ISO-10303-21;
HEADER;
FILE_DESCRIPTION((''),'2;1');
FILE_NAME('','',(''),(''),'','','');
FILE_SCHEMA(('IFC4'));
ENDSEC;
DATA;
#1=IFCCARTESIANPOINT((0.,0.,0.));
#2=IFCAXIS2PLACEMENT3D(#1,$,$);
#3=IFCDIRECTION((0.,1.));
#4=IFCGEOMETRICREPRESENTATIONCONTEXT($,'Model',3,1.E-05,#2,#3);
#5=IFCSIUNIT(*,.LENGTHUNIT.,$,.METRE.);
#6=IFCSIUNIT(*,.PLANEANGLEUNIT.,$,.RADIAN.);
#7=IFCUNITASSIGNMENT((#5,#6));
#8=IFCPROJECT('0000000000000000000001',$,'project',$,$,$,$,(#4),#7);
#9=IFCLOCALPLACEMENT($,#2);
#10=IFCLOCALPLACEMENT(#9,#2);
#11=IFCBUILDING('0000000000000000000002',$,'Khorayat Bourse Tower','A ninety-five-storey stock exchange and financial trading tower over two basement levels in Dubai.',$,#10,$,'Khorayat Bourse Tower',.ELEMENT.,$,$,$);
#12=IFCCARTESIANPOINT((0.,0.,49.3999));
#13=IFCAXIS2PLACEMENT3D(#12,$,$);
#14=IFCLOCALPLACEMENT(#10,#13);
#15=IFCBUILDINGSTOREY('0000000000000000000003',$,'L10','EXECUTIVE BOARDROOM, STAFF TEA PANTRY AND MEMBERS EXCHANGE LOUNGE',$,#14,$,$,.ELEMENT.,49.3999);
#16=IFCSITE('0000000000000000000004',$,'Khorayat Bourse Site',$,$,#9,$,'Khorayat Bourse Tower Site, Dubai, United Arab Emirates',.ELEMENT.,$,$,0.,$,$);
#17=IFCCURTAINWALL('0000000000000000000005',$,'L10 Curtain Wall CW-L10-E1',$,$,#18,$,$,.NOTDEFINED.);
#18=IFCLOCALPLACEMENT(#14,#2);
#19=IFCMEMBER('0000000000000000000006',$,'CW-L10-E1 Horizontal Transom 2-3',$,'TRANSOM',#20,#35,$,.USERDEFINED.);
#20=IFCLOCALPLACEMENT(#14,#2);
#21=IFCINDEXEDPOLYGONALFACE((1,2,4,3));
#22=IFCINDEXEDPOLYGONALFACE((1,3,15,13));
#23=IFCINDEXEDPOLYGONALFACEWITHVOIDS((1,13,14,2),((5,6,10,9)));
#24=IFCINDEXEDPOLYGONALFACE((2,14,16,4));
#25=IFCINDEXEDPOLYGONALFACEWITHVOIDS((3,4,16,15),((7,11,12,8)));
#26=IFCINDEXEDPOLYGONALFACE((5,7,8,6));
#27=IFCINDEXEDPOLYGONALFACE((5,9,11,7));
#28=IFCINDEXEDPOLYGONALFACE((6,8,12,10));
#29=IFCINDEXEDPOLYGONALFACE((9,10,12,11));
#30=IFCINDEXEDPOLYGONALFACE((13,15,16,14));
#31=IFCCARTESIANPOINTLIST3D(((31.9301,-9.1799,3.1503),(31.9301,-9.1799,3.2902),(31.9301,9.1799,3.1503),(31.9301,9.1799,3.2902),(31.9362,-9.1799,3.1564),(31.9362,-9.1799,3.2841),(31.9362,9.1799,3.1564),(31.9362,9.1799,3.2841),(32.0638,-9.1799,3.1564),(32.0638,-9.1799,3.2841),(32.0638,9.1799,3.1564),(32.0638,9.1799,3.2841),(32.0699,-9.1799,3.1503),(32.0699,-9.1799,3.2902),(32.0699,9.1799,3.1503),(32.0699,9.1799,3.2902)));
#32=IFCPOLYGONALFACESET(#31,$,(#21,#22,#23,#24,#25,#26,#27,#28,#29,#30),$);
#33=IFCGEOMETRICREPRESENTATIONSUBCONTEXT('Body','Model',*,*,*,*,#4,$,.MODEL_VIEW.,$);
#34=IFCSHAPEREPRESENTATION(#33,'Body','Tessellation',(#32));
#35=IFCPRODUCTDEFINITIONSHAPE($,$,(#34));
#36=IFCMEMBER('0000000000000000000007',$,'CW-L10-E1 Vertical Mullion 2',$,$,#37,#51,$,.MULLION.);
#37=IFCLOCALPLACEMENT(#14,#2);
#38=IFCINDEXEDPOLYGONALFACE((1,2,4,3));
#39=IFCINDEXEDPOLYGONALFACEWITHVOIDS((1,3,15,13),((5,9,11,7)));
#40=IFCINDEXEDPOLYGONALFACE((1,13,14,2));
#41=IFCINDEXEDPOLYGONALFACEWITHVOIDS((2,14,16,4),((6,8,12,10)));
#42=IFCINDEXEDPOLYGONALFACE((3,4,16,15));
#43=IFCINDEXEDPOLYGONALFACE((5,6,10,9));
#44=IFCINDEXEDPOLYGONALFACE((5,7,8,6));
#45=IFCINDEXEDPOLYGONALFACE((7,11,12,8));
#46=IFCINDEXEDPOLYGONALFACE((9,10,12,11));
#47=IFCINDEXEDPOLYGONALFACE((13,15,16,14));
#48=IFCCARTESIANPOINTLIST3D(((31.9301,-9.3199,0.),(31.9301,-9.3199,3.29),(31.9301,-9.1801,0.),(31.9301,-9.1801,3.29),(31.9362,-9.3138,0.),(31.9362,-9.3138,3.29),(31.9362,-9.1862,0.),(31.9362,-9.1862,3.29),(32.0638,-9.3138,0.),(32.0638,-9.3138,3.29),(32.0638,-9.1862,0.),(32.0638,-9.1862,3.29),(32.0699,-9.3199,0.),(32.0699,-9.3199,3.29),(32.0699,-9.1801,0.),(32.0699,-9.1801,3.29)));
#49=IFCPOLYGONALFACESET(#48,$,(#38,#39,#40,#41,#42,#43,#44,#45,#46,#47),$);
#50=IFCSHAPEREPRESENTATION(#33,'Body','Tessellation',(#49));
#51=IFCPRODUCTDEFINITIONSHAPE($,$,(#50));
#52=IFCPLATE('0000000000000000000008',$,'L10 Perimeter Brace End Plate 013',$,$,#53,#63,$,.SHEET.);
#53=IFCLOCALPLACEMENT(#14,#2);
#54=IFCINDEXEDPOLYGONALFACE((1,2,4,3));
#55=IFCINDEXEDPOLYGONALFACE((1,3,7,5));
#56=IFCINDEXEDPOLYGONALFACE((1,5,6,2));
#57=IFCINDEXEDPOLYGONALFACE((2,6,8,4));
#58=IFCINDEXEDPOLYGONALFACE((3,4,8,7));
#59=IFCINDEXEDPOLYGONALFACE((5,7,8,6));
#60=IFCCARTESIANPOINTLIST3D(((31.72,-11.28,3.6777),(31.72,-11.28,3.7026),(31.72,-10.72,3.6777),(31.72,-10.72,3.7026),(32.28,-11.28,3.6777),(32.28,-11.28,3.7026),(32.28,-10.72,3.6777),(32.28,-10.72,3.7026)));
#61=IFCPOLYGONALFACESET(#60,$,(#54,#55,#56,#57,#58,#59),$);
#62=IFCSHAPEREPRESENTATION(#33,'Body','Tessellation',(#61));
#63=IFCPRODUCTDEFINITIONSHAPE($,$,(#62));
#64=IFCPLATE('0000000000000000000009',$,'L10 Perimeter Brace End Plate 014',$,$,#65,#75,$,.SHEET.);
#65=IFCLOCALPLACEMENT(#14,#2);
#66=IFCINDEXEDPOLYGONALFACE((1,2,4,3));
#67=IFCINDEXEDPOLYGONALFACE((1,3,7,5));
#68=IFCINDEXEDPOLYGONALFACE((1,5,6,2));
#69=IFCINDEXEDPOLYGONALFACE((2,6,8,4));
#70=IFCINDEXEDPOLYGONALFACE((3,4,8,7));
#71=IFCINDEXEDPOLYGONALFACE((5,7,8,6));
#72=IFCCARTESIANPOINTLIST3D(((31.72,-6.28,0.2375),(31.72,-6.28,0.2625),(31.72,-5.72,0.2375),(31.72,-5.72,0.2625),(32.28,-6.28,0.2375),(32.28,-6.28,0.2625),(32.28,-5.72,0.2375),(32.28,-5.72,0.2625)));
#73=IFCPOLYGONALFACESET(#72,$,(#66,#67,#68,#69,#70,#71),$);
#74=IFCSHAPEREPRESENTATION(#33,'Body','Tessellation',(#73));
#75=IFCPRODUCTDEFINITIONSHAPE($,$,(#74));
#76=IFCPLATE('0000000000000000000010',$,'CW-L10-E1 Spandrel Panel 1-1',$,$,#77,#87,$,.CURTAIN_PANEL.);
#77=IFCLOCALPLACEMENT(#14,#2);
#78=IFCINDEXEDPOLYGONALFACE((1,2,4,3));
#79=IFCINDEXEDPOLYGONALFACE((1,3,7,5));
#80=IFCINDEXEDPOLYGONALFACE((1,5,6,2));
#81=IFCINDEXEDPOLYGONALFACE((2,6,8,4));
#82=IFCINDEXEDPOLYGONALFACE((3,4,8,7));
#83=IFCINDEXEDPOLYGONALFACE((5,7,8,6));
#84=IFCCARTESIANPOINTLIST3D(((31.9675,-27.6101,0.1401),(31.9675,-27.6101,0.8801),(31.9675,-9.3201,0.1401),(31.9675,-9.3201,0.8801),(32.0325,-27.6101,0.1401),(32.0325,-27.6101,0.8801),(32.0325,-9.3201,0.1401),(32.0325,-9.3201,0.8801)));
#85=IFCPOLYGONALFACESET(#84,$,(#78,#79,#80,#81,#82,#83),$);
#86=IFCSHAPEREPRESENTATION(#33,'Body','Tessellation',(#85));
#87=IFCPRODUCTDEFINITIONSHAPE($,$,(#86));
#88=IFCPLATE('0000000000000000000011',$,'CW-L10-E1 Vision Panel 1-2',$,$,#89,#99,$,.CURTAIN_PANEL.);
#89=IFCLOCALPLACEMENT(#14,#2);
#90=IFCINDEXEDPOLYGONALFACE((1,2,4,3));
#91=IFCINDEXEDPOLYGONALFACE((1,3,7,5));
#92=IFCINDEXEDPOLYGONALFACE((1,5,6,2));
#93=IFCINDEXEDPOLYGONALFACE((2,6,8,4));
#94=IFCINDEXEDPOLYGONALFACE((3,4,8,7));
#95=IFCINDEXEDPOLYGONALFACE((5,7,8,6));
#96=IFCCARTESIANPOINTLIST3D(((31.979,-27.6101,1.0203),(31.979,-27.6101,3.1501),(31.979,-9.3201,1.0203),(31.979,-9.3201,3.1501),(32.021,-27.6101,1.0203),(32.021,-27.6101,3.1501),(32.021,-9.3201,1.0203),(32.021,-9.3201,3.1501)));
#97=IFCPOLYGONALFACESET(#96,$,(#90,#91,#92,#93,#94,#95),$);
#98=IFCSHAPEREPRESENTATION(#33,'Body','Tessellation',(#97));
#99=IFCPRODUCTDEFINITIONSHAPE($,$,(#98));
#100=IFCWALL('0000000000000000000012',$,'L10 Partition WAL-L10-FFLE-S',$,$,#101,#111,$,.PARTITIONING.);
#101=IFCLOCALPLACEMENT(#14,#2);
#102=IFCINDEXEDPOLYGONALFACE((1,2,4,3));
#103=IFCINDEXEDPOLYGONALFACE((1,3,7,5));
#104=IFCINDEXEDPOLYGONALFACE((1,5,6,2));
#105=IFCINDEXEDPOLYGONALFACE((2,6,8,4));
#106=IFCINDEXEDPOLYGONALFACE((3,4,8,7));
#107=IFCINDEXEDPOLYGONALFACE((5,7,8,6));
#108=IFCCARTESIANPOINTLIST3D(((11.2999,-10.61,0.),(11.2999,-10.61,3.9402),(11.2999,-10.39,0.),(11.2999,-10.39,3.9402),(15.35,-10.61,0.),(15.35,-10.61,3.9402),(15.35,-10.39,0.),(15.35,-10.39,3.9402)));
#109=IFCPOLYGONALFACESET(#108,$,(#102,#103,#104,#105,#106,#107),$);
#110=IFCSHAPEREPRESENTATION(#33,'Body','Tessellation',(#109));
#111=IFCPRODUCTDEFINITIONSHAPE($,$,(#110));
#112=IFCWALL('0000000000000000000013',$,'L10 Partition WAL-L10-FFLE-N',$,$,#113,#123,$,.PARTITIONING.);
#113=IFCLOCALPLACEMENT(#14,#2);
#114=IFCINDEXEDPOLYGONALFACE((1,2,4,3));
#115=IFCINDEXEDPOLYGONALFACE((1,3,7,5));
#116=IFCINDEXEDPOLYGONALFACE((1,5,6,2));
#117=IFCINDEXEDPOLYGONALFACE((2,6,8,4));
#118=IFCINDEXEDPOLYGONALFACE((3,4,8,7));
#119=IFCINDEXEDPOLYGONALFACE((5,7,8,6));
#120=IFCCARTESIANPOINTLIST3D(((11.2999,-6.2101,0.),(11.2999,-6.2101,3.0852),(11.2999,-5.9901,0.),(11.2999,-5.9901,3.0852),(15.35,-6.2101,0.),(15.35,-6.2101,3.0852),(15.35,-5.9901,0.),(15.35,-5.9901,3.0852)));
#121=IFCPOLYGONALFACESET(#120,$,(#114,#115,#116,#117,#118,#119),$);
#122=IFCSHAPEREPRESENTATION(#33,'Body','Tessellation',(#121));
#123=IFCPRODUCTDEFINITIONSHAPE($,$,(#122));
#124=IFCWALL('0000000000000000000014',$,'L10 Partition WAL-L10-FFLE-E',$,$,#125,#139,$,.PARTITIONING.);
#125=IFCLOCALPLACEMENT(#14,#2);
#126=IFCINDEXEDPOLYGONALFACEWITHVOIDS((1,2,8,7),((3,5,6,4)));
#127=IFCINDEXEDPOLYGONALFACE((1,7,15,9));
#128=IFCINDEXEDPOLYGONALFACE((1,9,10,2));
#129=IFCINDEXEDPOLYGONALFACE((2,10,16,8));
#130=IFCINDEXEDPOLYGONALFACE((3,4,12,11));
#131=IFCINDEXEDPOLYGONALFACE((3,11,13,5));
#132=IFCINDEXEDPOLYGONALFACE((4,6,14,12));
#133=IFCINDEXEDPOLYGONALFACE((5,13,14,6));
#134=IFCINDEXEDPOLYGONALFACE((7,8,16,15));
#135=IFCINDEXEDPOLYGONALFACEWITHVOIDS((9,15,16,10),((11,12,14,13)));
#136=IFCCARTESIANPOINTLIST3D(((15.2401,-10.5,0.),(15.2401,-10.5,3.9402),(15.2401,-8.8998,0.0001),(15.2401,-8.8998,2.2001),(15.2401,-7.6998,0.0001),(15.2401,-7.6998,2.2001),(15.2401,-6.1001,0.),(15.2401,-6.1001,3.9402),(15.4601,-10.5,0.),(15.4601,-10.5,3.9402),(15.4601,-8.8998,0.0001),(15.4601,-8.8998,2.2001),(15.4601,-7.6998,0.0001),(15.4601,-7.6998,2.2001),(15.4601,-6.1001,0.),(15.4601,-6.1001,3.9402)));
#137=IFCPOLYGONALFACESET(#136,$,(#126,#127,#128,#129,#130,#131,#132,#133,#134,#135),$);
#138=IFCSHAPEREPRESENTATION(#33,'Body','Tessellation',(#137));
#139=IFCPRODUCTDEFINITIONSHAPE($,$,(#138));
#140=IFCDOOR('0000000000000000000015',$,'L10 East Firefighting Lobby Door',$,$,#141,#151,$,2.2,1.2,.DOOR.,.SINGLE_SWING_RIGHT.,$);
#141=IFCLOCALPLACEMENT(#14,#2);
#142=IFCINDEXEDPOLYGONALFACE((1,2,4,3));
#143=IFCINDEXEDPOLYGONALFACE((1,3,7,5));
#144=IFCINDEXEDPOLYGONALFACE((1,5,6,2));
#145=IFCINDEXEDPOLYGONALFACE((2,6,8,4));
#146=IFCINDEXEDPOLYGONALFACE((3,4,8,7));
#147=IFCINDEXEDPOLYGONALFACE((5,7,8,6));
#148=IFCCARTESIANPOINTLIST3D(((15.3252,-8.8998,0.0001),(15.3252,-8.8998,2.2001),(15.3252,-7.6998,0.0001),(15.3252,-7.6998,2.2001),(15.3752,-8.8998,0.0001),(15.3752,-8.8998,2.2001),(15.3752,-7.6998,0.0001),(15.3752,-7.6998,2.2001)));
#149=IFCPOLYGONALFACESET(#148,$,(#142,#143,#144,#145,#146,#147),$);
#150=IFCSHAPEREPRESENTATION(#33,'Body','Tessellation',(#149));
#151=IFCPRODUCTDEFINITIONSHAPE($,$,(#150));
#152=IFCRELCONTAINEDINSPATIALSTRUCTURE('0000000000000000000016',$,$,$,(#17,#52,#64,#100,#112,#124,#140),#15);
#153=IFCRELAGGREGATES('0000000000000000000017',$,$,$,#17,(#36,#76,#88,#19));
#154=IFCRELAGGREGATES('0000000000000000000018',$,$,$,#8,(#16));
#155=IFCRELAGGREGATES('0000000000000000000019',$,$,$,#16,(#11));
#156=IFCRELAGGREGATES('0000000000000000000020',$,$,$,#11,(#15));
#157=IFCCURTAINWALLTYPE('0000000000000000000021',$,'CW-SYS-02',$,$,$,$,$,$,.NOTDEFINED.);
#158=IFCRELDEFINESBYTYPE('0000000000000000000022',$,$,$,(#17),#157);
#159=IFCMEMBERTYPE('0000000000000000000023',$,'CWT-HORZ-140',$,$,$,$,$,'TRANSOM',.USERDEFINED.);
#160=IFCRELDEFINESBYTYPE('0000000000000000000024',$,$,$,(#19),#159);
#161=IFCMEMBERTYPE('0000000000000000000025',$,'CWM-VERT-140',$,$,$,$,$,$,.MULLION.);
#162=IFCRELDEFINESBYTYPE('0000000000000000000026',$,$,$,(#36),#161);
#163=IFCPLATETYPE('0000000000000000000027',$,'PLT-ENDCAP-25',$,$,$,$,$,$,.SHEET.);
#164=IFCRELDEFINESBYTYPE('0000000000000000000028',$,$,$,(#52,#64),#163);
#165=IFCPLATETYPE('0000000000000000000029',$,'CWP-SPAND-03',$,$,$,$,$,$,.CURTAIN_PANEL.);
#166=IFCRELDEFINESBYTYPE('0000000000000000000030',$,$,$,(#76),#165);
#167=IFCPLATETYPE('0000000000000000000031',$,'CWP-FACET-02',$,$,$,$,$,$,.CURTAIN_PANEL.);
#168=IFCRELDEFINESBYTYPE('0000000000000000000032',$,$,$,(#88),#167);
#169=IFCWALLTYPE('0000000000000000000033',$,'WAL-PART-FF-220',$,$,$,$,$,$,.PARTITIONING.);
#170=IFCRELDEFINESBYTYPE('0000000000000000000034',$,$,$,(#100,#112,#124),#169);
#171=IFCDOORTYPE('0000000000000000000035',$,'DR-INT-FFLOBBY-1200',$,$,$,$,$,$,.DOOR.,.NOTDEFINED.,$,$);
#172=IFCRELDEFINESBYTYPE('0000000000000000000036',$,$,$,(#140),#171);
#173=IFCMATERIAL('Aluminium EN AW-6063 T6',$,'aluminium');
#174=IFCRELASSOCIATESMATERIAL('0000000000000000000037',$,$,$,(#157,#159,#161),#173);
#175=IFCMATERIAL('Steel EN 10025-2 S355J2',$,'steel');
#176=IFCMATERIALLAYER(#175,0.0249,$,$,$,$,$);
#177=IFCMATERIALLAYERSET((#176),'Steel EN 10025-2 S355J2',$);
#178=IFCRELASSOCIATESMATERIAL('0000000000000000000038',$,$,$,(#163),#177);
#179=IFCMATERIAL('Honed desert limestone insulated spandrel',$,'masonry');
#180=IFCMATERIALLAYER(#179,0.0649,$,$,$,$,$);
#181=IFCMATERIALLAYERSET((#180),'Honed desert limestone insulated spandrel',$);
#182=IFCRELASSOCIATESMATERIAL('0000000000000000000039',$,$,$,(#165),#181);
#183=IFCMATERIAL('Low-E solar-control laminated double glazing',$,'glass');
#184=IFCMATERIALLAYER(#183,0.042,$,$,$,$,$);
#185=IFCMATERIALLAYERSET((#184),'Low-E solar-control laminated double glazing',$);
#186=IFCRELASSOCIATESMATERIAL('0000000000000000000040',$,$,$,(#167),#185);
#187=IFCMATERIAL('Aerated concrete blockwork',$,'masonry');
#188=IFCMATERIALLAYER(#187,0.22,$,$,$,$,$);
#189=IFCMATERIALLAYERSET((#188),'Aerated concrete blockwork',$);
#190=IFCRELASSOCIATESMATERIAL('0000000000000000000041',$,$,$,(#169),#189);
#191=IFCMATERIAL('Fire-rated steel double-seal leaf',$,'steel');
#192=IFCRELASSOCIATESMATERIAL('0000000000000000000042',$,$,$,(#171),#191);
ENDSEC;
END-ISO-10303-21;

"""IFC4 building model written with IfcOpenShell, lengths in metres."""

from ifc_helpers import new_model, si_unit, direction, frame, frame_2d, origin, origin_2d, place, context, subcontext, project, spatial, rectangle, hollow_rectangle, extrude, source, transform, mapped, material, layer, layer_set, material_profile, profile_set, type_object, element, fill, aggregate, save


model = new_model("IFC4")

# Units and contexts
model_context = context("Model", 3, precision=1e-05, world=origin(), true_north=direction((0.0, 1.0)))
body_context = subcontext(model_context, "Body", "Model", "MODEL_VIEW")
ifc_project = project(units=[si_unit("LENGTHUNIT", "METRE"), si_unit("PLANEANGLEUNIT", "RADIAN")], contexts=[model_context])

# Site, building, storey
site_placement = place(None, origin())
site = spatial("IfcSite", under=ifc_project, at=site_placement, Name="Khorayat Bourse Site", LongName="Khorayat Bourse Tower Site, Dubai, United Arab Emirates", CompositionType="ELEMENT", RefElevation=0.0)
building_placement = place(site_placement, origin())
building = spatial("IfcBuilding", under=site, at=building_placement, Name="Khorayat Bourse Tower", Description="A ninety-five-storey stock exchange and financial trading tower over two basement levels in Dubai.", LongName="Khorayat Bourse Tower", CompositionType="ELEMENT")
storey_placement = place(building_placement, frame((0.0, 0.0, 49.3999)))
storey = spatial("IfcBuildingStorey", under=building, at=storey_placement, Name="L10", Description="EXECUTIVE BOARDROOM, STAFF TEA PANTRY AND MEMBERS EXCHANGE LOUNGE", CompositionType="ELEMENT", Elevation=49.3999)

# Curtain wall, members
ifc_material_1 = material(Name="Aluminium EN AW-6063 T6", Category="aluminium")
curtain_wall_type = type_object("IfcCurtainWallType", Name="CW-SYS-02", PredefinedType="NOTDEFINED", material=ifc_material_1)
curtain_wall_placement = place(storey_placement, origin())
curtain_wall = element("IfcCurtainWall", 1, at=curtain_wall_placement, inside=storey, type_object=curtain_wall_type, Name="L10 Curtain Wall CW-L10-E1", PredefinedType="NOTDEFINED")
ifc_material_profile_1 = material_profile(ifc_material_1, hollow_rectangle(XDim=0.1399, YDim=0.1399, WallThickness=0.0061, at=origin_2d()), Name="ALU 140x140x6")
ifc_profile_set_1 = profile_set([ifc_material_profile_1], Name="Aluminium EN AW-6063 T6")
member_type_1 = type_object("IfcMemberType", Name="CWT-HORZ-140", ElementType="TRANSOM", PredefinedType="USERDEFINED", material=ifc_profile_set_1)
shared_shape_1 = source(origin(), body_context, "Body", "SweptSolid", [
    extrude(hollow_rectangle(XDim=0.1399, YDim=0.1399, WallThickness=0.0061, at=origin_2d()), origin(), (0.0, 0.0, 1.0), 18.3599),
])
member_1_placement = place(storey_placement, frame((32.0, -9.1799, 3.2202), z_axis=(0.0, 1.0, 0.0), x_axis=(-1.0, 0.0, 0.0)))
member_1 = element("IfcMember", 2, at=member_1_placement, type_object=member_type_1, Name="CW-L10-E1 Horizontal Transom 2-3", ObjectType="TRANSOM", PredefinedType="USERDEFINED", context=body_context, shape_type="MappedRepresentation", body=[
    mapped(shared_shape_1, transform((0.0, 0.0, 0.0), scale=1.0)),
])
ifc_material_profile_2 = material_profile(ifc_material_1, hollow_rectangle(XDim=0.1399, YDim=0.1399, WallThickness=0.0061, at=origin_2d()), Name="ALU 140x140x6")
ifc_profile_set_2 = profile_set([ifc_material_profile_2], Name="Aluminium EN AW-6063 T6")
member_type_2 = type_object("IfcMemberType", Name="CWM-VERT-140", PredefinedType="MULLION", material=ifc_profile_set_2)
shared_shape_2 = source(origin(), body_context, "Body", "SweptSolid", [
    extrude(hollow_rectangle(XDim=0.1399, YDim=0.1399, WallThickness=0.0061, at=origin_2d()), origin(), (0.0, 0.0, 1.0), 3.29),
])
member_2_placement = place(storey_placement, frame((32.0, -9.25, 0.0), z_axis=(0.0, 0.0, 1.0), x_axis=(-1.0, 0.0, 0.0)))
member_2 = element("IfcMember", 3, at=member_2_placement, type_object=member_type_2, Name="CW-L10-E1 Vertical Mullion 2", PredefinedType="MULLION", context=body_context, shape_type="MappedRepresentation", body=[
    mapped(shared_shape_2, transform((0.0, 0.0, 0.0), scale=1.0)),
])

# Plates
ifc_material_2 = material(Name="Steel EN 10025-2 S355J2", Category="steel")
ifc_layer_1 = layer(ifc_material_2, 0.0249)
ifc_layer_set_1 = layer_set([ifc_layer_1], Name="Steel EN 10025-2 S355J2")
plate_type_1 = type_object("IfcPlateType", Name="PLT-ENDCAP-25", PredefinedType="SHEET", material=ifc_layer_set_1)
shared_shape_3 = source(origin(), body_context, "Body", "SweptSolid", [
    extrude(rectangle(XDim=0.5601, YDim=0.5601, at=origin_2d()), origin(), (0.0, 0.0, 1.0), 0.0249),
])
for number, where, z_axis, x_axis, name in (
    (4, (32.0, -11.0, 3.6777), (0.0, 0.0, 1.0), (1.0, 0.0, 0.0), "L10 Perimeter Brace End Plate 013"),
    (5, (32.0, -6.0, 0.2375), (0.0, 0.0, 1.0), (1.0, 0.0, 0.0), "L10 Perimeter Brace End Plate 014"),
):
    element("IfcPlate", number, at=place(storey_placement, frame(where, z_axis=z_axis, x_axis=x_axis)), inside=storey, type_object=plate_type_1, Name=name, PredefinedType="SHEET", context=body_context, shape_type="MappedRepresentation", body=[
        mapped(shared_shape_3, transform((0.0, 0.0, 0.0), scale=1.0)),
    ])

# Plates
ifc_material_3 = material(Name="Honed desert limestone insulated spandrel", Category="masonry")
ifc_layer_2 = layer(ifc_material_3, 0.0649)
ifc_layer_set_2 = layer_set([ifc_layer_2], Name="Honed desert limestone insulated spandrel")
plate_type_2 = type_object("IfcPlateType", Name="CWP-SPAND-03", PredefinedType="CURTAIN_PANEL", material=ifc_layer_set_2)
shared_shape_4 = source(origin(), body_context, "Body", "SweptSolid", [
    extrude(rectangle(XDim=18.29, YDim=0.0649, at=origin_2d()), origin(), (0.0, 0.0, 1.0), 0.74),
])
plate_1_placement = place(storey_placement, frame((32.0, -18.4651, 0.1401), z_axis=(0.0, 0.0, 1.0), x_axis=(0.0, 1.0, 0.0)))
plate_1 = element("IfcPlate", 6, at=plate_1_placement, type_object=plate_type_2, Name="CW-L10-E1 Spandrel Panel 1-1", PredefinedType="CURTAIN_PANEL", context=body_context, shape_type="MappedRepresentation", body=[
    mapped(shared_shape_4, transform((0.0, 0.0, 0.0), scale=1.0)),
])
ifc_material_4 = material(Name="Low-E solar-control laminated double glazing", Category="glass")
ifc_layer_3 = layer(ifc_material_4, 0.042)
ifc_layer_set_3 = layer_set([ifc_layer_3], Name="Low-E solar-control laminated double glazing")
plate_type_3 = type_object("IfcPlateType", Name="CWP-FACET-02", PredefinedType="CURTAIN_PANEL", material=ifc_layer_set_3)
shared_shape_5 = source(origin(), body_context, "Body", "SweptSolid", [
    extrude(rectangle(XDim=18.29, YDim=0.042, at=origin_2d()), origin(), (0.0, 0.0, 1.0), 2.1299),
])
plate_2_placement = place(storey_placement, frame((32.0, -18.4651, 1.0203), z_axis=(0.0, 0.0, 1.0), x_axis=(0.0, 1.0, 0.0)))
plate_2 = element("IfcPlate", 7, at=plate_2_placement, type_object=plate_type_3, Name="CW-L10-E1 Vision Panel 1-2", PredefinedType="CURTAIN_PANEL", context=body_context, shape_type="MappedRepresentation", body=[
    mapped(shared_shape_5, transform((0.0, 0.0, 0.0), scale=1.0)),
])
aggregate(curtain_wall, [member_2, plate_1, plate_2, member_1])

# Walls
ifc_material_5 = material(Name="Aerated concrete blockwork", Category="masonry")
ifc_layer_4 = layer(ifc_material_5, 0.22)
ifc_layer_set_4 = layer_set([ifc_layer_4], Name="Aerated concrete blockwork")
wall_type_1 = type_object("IfcWallType", Name="WAL-PART-FF-220", PredefinedType="PARTITIONING", material=ifc_layer_set_4)
shared_shape_6 = source(origin(), body_context, "Body", "SweptSolid", [
    extrude(rectangle(XDim=4.05, YDim=0.22, at=frame_2d((2.0249, 0.0))), origin(), (0.0, 0.0, 1.0), 3.9402),
])
wall_1_placement = place(storey_placement, frame((11.3, -10.5, 0.0), z_axis=(0.0, 0.0, 1.0), x_axis=(1.0, 0.0, 0.0)))
element("IfcWall", 8, at=wall_1_placement, inside=storey, type_object=wall_type_1, Name="L10 Partition WAL-L10-FFLE-S", PredefinedType="PARTITIONING", context=body_context, shape_type="MappedRepresentation", body=[
    mapped(shared_shape_6, transform((0.0, 0.0, 0.0), scale=1.0)),
])
shared_shape_7 = source(origin(), body_context, "Body", "SweptSolid", [
    extrude(rectangle(XDim=4.05, YDim=0.22, at=frame_2d((2.0249, 0.0))), origin(), (0.0, 0.0, 1.0), 3.0852),
])
wall_2_placement = place(storey_placement, frame((11.3, -6.1001, 0.0), z_axis=(0.0, 0.0, 1.0), x_axis=(1.0, 0.0, 0.0)))
element("IfcWall", 9, at=wall_2_placement, inside=storey, type_object=wall_type_1, Name="L10 Partition WAL-L10-FFLE-N", PredefinedType="PARTITIONING", context=body_context, shape_type="MappedRepresentation", body=[
    mapped(shared_shape_7, transform((0.0, 0.0, 0.0), scale=1.0)),
])

# Wall, opening, door
shared_shape_8 = source(origin(), body_context, "Body", "SweptSolid", [
    extrude(rectangle(XDim=4.3999, YDim=0.22, at=frame_2d((2.2, 0.0))), origin(), (0.0, 0.0, 1.0), 3.9402),
])
wall_3_placement = place(storey_placement, frame((15.3501, -10.5, 0.0), z_axis=(0.0, 0.0, 1.0), x_axis=(0.0, 1.0, 0.0)))
wall_3 = element("IfcWall", 10, at=wall_3_placement, inside=storey, type_object=wall_type_1, Name="L10 Partition WAL-L10-FFLE-E", PredefinedType="PARTITIONING", context=body_context, shape_type="MappedRepresentation", body=[
    mapped(shared_shape_8, transform((0.0, 0.0, 0.0), scale=1.0)),
])
shared_shape_9 = source(origin(), body_context, "Body", "SweptSolid", [
    extrude(rectangle(XDim=1.2, YDim=2.2, at=frame_2d((0.6001, 1.1001))), frame((0.0, 0.1199, 0.0), z_axis=(0.0, -1.0, 0.0), x_axis=(1.0, 0.0, 0.0)), (0.0, 0.0, 1.0), 0.24),
])
opening_1_placement = place(wall_3_placement, frame((1.6001, 0.0, 0.0)))
opening_1 = element("IfcOpeningElement", 11, at=opening_1_placement, cuts=wall_3, PredefinedType="OPENING", context=body_context, shape_type="MappedRepresentation", body=[
    mapped(shared_shape_9, transform((0.0, 0.0, 0.0), scale=1.0)),
])
ifc_material_6 = material(Name="Fire-rated steel double-seal leaf", Category="steel")
door_type_1 = type_object("IfcDoorType", Name="DR-INT-FFLOBBY-1200", OperationType="NOTDEFINED", PredefinedType="DOOR", material=ifc_material_6)
shared_shape_10 = source(origin(), body_context, "Body", "SweptSolid", [
    extrude(rectangle(XDim=1.2, YDim=2.2, at=frame_2d((0.6001, 1.1001))), frame((0.0, 0.0249, 0.0), z_axis=(0.0, -1.0, 0.0), x_axis=(1.0, 0.0, 0.0)), (0.0, 0.0, 1.0), 0.05),
])
door_1_placement = place(opening_1_placement, origin())
door_1 = element("IfcDoor", 12, at=door_1_placement, inside=storey, type_object=door_type_1, Name="L10 East Firefighting Lobby Door", OperationType="SINGLE_SWING_RIGHT", OverallHeight=2.2, OverallWidth=1.2, PredefinedType="DOOR", context=body_context, shape_type="MappedRepresentation", body=[
    mapped(shared_shape_10, transform((0.0, 0.0, 0.0), scale=1.0)),
])
fill(opening_1, door_1)

save(model, "model.ifc")
